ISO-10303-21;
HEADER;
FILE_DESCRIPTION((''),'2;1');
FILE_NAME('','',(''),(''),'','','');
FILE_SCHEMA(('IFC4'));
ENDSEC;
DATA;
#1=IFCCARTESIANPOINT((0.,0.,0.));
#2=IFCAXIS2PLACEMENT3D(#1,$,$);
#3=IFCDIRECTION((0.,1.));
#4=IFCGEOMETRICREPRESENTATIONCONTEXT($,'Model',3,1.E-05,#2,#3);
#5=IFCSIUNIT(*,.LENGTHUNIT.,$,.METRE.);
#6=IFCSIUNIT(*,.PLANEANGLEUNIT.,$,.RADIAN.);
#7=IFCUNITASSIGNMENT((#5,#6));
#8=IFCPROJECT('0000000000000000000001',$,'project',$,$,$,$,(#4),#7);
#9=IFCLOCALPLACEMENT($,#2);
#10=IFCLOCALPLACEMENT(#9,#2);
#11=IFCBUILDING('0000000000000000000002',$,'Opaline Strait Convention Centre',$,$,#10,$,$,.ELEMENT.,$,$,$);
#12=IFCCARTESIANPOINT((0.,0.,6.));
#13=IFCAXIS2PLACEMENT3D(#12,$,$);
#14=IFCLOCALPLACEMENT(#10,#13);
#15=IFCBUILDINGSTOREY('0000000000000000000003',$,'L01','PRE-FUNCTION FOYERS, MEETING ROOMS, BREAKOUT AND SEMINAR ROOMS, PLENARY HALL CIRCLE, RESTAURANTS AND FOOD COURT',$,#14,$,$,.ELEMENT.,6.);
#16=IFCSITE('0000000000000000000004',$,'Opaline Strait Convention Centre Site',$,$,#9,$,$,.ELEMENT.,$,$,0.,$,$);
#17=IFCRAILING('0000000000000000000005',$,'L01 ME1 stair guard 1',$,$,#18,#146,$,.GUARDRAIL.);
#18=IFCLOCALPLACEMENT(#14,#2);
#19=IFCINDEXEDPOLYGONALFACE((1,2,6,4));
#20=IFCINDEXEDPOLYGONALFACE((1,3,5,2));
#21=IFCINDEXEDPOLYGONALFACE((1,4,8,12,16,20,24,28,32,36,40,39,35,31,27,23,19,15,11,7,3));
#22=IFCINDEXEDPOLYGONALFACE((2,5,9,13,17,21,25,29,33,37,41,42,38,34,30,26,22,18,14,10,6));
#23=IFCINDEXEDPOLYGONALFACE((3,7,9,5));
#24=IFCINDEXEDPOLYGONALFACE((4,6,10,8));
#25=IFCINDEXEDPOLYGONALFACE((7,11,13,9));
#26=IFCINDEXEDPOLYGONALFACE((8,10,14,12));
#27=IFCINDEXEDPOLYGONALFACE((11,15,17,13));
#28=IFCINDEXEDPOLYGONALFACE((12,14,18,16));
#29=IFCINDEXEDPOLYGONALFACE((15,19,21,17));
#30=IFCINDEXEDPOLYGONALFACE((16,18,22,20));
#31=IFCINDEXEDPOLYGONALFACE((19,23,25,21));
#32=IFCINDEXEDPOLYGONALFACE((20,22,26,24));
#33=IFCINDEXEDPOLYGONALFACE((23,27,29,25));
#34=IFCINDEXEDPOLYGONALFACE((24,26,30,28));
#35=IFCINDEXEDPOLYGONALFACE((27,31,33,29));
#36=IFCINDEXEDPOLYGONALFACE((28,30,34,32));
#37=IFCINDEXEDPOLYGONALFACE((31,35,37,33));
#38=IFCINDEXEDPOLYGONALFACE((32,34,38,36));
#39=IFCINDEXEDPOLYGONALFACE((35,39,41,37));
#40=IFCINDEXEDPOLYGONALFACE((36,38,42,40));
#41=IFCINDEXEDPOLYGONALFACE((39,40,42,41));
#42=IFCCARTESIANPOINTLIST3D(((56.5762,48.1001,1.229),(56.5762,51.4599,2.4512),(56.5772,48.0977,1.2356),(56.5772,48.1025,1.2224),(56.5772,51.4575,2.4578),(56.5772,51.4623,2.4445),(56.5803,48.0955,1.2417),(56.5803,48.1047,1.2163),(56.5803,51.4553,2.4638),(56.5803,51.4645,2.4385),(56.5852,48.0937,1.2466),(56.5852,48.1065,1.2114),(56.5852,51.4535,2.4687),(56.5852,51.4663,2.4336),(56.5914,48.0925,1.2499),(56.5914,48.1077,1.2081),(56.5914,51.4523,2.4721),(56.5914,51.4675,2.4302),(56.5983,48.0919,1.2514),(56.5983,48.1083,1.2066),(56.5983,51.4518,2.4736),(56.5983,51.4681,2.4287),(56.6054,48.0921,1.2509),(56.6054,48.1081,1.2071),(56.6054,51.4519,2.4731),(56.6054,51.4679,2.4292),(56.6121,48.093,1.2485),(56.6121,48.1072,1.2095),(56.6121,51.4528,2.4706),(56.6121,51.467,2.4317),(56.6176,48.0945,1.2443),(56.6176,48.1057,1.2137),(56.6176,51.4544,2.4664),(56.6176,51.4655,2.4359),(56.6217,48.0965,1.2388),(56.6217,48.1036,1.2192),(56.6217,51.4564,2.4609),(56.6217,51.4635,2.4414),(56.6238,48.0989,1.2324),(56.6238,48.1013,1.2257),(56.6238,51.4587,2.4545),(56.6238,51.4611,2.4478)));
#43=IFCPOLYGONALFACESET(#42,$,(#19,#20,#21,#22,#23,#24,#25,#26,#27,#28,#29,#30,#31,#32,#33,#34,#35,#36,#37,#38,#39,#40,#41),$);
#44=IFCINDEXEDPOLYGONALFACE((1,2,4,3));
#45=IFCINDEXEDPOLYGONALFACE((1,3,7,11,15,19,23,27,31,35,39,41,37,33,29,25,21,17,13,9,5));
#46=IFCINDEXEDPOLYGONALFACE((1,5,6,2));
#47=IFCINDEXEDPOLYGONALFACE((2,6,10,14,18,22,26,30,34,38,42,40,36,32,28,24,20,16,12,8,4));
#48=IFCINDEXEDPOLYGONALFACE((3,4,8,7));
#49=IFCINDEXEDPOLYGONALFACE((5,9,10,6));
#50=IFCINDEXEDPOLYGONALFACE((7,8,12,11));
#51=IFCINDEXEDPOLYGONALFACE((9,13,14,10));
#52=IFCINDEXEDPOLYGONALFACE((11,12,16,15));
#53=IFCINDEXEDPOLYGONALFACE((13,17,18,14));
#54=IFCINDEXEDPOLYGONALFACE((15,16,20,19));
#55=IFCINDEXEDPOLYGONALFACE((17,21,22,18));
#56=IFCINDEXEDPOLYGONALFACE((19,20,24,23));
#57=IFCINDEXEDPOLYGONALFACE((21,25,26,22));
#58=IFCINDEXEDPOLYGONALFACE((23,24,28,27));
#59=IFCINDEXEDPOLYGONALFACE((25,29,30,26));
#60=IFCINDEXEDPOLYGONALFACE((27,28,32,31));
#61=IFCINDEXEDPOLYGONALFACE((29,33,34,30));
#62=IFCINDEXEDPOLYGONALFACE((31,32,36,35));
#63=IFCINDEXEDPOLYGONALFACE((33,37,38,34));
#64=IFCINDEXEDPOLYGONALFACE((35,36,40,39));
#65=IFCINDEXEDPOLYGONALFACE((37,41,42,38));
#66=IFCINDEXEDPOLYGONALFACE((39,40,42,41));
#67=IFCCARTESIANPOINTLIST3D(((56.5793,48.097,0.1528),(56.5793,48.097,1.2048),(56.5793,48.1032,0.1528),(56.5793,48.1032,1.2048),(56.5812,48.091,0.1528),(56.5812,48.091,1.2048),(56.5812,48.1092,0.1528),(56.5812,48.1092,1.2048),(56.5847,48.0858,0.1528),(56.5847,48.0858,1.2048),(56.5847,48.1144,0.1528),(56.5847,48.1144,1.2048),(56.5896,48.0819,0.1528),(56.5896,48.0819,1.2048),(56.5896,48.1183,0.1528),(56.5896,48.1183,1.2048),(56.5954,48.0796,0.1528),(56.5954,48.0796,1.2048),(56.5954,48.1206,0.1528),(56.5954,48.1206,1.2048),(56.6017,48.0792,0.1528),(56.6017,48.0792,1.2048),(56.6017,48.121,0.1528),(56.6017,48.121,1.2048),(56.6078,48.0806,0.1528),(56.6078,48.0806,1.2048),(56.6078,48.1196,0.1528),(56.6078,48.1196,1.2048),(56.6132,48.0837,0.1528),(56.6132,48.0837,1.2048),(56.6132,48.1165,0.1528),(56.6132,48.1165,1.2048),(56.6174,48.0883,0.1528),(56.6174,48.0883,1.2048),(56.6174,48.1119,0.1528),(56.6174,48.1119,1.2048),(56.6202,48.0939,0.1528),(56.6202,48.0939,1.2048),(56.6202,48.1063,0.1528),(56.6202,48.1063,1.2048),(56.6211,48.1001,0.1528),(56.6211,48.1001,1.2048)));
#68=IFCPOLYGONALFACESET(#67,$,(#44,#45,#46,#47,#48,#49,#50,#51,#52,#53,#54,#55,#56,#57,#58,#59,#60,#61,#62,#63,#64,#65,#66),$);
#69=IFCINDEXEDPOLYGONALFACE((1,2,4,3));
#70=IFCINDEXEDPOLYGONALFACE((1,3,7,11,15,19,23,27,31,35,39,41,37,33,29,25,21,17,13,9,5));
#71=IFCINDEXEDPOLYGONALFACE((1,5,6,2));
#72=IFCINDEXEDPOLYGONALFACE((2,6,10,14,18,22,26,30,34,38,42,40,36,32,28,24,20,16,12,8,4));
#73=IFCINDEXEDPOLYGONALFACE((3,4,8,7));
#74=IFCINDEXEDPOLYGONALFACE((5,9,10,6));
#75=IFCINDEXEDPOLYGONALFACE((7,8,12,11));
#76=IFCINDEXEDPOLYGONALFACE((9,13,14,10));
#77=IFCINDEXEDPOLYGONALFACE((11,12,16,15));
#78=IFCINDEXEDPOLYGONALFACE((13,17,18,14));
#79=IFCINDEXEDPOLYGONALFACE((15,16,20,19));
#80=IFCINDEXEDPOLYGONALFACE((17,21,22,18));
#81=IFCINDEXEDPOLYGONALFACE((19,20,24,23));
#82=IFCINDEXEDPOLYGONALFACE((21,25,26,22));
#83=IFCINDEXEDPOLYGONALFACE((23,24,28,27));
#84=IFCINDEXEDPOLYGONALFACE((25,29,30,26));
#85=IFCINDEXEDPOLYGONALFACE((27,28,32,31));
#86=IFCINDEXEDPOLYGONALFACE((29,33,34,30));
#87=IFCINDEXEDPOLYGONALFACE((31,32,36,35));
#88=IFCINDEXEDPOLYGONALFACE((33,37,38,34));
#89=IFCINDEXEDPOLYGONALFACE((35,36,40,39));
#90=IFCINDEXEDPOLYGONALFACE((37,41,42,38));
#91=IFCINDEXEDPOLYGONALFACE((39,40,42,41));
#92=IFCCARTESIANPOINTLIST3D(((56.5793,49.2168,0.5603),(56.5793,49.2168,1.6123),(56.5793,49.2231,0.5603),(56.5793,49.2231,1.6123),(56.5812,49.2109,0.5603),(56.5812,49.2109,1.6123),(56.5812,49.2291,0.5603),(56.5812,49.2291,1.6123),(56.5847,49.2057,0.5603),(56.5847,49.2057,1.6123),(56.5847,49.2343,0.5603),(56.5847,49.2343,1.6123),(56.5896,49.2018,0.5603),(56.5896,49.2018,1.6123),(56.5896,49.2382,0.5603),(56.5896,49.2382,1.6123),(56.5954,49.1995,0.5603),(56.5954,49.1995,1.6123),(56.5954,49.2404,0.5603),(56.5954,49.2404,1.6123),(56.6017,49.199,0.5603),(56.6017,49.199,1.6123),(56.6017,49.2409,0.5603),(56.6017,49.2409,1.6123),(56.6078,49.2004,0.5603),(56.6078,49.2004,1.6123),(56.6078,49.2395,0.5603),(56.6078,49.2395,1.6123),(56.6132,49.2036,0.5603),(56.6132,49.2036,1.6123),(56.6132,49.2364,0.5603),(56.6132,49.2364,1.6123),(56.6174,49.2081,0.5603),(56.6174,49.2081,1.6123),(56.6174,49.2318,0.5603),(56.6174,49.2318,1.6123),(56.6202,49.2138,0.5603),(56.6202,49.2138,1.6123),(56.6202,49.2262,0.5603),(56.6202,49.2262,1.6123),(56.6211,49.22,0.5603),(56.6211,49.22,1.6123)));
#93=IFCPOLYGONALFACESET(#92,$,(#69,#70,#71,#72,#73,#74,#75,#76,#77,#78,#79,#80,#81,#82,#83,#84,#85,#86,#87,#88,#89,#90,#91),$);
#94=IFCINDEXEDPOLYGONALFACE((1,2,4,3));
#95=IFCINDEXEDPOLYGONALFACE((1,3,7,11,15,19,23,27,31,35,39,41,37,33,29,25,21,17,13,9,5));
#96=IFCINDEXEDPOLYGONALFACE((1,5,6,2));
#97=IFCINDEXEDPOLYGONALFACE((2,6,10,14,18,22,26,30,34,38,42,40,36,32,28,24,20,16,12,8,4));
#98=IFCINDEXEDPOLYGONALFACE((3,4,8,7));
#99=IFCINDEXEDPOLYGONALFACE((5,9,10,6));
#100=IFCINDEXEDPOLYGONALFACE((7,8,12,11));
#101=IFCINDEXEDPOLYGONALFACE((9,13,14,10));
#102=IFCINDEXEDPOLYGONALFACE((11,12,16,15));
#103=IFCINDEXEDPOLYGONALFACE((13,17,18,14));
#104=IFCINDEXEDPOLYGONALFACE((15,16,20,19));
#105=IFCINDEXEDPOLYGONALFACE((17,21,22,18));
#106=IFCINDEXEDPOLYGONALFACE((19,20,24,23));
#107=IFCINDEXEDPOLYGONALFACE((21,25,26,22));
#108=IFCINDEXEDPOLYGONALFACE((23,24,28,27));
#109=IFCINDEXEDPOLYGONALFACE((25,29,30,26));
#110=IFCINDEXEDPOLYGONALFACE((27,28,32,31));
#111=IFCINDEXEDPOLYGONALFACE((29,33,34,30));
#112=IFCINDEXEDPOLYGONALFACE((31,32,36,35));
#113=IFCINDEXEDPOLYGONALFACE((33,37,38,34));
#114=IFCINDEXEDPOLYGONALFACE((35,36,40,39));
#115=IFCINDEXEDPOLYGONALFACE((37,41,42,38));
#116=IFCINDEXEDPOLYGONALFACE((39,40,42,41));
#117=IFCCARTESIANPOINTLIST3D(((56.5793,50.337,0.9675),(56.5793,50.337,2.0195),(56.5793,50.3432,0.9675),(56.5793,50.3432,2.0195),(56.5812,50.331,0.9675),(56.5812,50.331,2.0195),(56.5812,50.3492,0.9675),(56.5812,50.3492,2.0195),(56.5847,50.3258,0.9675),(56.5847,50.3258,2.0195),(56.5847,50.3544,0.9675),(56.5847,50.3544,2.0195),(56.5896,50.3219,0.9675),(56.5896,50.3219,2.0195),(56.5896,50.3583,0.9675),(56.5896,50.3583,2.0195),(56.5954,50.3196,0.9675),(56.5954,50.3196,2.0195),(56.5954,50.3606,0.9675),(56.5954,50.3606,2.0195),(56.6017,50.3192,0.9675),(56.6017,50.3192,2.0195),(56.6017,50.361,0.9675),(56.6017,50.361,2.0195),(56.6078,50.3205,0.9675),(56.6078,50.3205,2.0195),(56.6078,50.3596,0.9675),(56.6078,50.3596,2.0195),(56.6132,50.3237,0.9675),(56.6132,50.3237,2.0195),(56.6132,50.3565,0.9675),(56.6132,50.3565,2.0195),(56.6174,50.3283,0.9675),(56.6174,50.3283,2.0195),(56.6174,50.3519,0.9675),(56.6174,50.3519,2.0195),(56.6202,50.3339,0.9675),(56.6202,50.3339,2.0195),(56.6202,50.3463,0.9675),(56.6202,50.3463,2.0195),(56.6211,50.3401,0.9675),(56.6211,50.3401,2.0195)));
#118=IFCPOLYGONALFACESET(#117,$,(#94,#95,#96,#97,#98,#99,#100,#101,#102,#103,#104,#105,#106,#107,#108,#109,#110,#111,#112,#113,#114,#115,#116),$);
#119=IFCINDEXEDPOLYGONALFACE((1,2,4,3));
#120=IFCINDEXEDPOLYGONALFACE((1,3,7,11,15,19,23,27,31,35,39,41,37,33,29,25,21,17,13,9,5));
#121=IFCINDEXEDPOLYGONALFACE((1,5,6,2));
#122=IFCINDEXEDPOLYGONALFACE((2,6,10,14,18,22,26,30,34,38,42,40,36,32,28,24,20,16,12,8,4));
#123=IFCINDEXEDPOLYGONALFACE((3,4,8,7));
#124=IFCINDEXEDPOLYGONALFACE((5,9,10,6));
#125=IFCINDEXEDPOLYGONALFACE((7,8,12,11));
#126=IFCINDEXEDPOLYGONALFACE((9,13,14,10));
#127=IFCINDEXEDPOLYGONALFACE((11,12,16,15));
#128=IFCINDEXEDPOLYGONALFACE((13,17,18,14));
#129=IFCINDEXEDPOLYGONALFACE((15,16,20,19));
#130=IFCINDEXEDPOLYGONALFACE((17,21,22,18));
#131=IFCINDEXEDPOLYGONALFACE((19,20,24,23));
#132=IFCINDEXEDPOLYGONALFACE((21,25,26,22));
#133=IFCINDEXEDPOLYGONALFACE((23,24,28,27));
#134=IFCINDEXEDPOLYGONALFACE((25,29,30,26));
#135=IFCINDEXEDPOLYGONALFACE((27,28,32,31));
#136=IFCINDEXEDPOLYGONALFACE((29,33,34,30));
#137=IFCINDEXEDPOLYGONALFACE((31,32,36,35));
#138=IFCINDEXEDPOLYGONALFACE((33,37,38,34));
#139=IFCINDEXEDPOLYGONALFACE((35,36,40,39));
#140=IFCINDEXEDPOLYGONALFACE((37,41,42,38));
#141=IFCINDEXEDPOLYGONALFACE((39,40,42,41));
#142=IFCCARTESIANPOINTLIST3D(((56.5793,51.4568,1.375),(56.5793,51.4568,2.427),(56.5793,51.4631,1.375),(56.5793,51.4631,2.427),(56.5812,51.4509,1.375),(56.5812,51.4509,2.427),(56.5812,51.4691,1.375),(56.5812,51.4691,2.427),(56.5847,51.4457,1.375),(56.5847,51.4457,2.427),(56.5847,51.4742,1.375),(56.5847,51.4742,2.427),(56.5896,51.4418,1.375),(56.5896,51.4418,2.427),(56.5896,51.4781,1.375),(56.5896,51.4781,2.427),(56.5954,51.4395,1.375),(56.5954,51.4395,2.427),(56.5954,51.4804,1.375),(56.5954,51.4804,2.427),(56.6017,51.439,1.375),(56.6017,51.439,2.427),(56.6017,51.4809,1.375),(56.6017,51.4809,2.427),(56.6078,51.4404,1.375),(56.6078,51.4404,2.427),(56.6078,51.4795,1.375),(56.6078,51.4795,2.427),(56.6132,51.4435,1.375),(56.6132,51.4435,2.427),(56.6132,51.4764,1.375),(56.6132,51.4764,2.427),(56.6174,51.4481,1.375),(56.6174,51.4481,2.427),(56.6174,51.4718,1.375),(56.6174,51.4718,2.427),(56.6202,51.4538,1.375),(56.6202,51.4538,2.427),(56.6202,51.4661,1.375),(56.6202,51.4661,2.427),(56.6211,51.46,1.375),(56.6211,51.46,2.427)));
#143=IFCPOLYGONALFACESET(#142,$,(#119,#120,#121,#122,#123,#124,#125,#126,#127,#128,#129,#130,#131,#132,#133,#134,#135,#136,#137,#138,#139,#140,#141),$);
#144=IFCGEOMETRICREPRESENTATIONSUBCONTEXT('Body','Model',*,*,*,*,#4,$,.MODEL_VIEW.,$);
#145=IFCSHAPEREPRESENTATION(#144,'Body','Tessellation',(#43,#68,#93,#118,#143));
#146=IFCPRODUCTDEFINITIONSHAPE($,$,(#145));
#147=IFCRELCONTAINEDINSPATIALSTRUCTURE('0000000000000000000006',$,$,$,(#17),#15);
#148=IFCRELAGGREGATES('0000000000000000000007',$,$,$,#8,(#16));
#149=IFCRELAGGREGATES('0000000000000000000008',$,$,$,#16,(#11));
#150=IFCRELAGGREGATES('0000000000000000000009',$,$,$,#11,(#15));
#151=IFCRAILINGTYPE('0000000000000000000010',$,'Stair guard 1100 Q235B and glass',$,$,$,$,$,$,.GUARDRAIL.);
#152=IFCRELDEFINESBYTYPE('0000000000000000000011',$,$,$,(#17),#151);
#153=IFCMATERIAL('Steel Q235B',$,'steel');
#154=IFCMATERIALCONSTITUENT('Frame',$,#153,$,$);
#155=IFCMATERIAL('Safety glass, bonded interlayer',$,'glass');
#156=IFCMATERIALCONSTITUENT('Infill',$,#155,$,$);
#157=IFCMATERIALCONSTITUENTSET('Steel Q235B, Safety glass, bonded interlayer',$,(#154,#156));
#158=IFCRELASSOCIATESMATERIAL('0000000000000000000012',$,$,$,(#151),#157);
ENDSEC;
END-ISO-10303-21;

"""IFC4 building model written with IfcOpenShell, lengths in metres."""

from ifc_helpers import new_model, si_unit, direction, frame, origin, origin_2d, place, context, subcontext, project, spatial, circle, extrude, material, constituent, constituent_set, type_object, element, save


model = new_model("IFC4")

# Units and contexts
model_context = context("Model", 3, precision=1e-05, world=origin(), true_north=direction((0.0, 1.0)))
body_context = subcontext(model_context, "Body", "Model", "MODEL_VIEW")
ifc_project = project(units=[si_unit("LENGTHUNIT", "METRE"), si_unit("PLANEANGLEUNIT", "RADIAN")], contexts=[model_context])

# Site, building, storey
site_placement = place(None, origin())
site = spatial("IfcSite", under=ifc_project, at=site_placement, Name="Opaline Strait Convention Centre Site", CompositionType="ELEMENT", RefElevation=0.0)
building_placement = place(site_placement, origin())
building = spatial("IfcBuilding", under=site, at=building_placement, Name="Opaline Strait Convention Centre", CompositionType="ELEMENT")
storey_placement = place(building_placement, frame((0.0, 0.0, 6.0)))
storey = spatial("IfcBuildingStorey", under=building, at=storey_placement, Name="L01", Description="PRE-FUNCTION FOYERS, MEETING ROOMS, BREAKOUT AND SEMINAR ROOMS, PLENARY HALL CIRCLE, RESTAURANTS AND FOOD COURT", CompositionType="ELEMENT", Elevation=6.0)

# Railing
ifc_material_1 = material(Name="Steel Q235B", Category="steel")
ifc_constituent_1 = constituent(ifc_material_1, Name="Frame")
ifc_material_2 = material(Name="Safety glass, bonded interlayer", Category="glass")
ifc_constituent_2 = constituent(ifc_material_2, Name="Infill")
ifc_constituent_set = constituent_set(constituents=[ifc_constituent_1, ifc_constituent_2], Name="Steel Q235B, Safety glass, bonded interlayer")
railing_type_1 = type_object("IfcRailingType", Name="Stair guard 1100 Q235B and glass", PredefinedType="GUARDRAIL", material=ifc_constituent_set)
railing_1_placement = place(storey_placement, frame((56.6001, 48.1001, 0.1528)))
element("IfcRailing", 1, at=railing_1_placement, inside=storey, type_object=railing_type_1, Name="L01 ME1 stair guard 1", PredefinedType="GUARDRAIL", context=body_context, shape_type="SweptSolid", body=[
    extrude(circle(Radius=0.0239, at=origin_2d()), frame((0.0, 0.0, 1.0762), z_axis=(0.0, 0.939758, 0.341842), x_axis=(-1.0, 0.0, 0.0)), (0.0, 0.0, 1.0), 3.5752),
    extrude(circle(Radius=0.021, at=origin_2d()), origin(), (0.0, 0.0, 1.0), 1.052),
    extrude(circle(Radius=0.021, at=origin_2d()), frame((0.0, 1.1199, 0.4075)), (0.0, 0.0, 1.0), 1.052),
    extrude(circle(Radius=0.021, at=origin_2d()), frame((0.0, 2.24, 0.8147)), (0.0, 0.0, 1.0), 1.052),
    extrude(circle(Radius=0.021, at=origin_2d()), frame((0.0, 3.3599, 1.2222)), (0.0, 0.0, 1.0), 1.052),
])

save(model, "model.ifc")
